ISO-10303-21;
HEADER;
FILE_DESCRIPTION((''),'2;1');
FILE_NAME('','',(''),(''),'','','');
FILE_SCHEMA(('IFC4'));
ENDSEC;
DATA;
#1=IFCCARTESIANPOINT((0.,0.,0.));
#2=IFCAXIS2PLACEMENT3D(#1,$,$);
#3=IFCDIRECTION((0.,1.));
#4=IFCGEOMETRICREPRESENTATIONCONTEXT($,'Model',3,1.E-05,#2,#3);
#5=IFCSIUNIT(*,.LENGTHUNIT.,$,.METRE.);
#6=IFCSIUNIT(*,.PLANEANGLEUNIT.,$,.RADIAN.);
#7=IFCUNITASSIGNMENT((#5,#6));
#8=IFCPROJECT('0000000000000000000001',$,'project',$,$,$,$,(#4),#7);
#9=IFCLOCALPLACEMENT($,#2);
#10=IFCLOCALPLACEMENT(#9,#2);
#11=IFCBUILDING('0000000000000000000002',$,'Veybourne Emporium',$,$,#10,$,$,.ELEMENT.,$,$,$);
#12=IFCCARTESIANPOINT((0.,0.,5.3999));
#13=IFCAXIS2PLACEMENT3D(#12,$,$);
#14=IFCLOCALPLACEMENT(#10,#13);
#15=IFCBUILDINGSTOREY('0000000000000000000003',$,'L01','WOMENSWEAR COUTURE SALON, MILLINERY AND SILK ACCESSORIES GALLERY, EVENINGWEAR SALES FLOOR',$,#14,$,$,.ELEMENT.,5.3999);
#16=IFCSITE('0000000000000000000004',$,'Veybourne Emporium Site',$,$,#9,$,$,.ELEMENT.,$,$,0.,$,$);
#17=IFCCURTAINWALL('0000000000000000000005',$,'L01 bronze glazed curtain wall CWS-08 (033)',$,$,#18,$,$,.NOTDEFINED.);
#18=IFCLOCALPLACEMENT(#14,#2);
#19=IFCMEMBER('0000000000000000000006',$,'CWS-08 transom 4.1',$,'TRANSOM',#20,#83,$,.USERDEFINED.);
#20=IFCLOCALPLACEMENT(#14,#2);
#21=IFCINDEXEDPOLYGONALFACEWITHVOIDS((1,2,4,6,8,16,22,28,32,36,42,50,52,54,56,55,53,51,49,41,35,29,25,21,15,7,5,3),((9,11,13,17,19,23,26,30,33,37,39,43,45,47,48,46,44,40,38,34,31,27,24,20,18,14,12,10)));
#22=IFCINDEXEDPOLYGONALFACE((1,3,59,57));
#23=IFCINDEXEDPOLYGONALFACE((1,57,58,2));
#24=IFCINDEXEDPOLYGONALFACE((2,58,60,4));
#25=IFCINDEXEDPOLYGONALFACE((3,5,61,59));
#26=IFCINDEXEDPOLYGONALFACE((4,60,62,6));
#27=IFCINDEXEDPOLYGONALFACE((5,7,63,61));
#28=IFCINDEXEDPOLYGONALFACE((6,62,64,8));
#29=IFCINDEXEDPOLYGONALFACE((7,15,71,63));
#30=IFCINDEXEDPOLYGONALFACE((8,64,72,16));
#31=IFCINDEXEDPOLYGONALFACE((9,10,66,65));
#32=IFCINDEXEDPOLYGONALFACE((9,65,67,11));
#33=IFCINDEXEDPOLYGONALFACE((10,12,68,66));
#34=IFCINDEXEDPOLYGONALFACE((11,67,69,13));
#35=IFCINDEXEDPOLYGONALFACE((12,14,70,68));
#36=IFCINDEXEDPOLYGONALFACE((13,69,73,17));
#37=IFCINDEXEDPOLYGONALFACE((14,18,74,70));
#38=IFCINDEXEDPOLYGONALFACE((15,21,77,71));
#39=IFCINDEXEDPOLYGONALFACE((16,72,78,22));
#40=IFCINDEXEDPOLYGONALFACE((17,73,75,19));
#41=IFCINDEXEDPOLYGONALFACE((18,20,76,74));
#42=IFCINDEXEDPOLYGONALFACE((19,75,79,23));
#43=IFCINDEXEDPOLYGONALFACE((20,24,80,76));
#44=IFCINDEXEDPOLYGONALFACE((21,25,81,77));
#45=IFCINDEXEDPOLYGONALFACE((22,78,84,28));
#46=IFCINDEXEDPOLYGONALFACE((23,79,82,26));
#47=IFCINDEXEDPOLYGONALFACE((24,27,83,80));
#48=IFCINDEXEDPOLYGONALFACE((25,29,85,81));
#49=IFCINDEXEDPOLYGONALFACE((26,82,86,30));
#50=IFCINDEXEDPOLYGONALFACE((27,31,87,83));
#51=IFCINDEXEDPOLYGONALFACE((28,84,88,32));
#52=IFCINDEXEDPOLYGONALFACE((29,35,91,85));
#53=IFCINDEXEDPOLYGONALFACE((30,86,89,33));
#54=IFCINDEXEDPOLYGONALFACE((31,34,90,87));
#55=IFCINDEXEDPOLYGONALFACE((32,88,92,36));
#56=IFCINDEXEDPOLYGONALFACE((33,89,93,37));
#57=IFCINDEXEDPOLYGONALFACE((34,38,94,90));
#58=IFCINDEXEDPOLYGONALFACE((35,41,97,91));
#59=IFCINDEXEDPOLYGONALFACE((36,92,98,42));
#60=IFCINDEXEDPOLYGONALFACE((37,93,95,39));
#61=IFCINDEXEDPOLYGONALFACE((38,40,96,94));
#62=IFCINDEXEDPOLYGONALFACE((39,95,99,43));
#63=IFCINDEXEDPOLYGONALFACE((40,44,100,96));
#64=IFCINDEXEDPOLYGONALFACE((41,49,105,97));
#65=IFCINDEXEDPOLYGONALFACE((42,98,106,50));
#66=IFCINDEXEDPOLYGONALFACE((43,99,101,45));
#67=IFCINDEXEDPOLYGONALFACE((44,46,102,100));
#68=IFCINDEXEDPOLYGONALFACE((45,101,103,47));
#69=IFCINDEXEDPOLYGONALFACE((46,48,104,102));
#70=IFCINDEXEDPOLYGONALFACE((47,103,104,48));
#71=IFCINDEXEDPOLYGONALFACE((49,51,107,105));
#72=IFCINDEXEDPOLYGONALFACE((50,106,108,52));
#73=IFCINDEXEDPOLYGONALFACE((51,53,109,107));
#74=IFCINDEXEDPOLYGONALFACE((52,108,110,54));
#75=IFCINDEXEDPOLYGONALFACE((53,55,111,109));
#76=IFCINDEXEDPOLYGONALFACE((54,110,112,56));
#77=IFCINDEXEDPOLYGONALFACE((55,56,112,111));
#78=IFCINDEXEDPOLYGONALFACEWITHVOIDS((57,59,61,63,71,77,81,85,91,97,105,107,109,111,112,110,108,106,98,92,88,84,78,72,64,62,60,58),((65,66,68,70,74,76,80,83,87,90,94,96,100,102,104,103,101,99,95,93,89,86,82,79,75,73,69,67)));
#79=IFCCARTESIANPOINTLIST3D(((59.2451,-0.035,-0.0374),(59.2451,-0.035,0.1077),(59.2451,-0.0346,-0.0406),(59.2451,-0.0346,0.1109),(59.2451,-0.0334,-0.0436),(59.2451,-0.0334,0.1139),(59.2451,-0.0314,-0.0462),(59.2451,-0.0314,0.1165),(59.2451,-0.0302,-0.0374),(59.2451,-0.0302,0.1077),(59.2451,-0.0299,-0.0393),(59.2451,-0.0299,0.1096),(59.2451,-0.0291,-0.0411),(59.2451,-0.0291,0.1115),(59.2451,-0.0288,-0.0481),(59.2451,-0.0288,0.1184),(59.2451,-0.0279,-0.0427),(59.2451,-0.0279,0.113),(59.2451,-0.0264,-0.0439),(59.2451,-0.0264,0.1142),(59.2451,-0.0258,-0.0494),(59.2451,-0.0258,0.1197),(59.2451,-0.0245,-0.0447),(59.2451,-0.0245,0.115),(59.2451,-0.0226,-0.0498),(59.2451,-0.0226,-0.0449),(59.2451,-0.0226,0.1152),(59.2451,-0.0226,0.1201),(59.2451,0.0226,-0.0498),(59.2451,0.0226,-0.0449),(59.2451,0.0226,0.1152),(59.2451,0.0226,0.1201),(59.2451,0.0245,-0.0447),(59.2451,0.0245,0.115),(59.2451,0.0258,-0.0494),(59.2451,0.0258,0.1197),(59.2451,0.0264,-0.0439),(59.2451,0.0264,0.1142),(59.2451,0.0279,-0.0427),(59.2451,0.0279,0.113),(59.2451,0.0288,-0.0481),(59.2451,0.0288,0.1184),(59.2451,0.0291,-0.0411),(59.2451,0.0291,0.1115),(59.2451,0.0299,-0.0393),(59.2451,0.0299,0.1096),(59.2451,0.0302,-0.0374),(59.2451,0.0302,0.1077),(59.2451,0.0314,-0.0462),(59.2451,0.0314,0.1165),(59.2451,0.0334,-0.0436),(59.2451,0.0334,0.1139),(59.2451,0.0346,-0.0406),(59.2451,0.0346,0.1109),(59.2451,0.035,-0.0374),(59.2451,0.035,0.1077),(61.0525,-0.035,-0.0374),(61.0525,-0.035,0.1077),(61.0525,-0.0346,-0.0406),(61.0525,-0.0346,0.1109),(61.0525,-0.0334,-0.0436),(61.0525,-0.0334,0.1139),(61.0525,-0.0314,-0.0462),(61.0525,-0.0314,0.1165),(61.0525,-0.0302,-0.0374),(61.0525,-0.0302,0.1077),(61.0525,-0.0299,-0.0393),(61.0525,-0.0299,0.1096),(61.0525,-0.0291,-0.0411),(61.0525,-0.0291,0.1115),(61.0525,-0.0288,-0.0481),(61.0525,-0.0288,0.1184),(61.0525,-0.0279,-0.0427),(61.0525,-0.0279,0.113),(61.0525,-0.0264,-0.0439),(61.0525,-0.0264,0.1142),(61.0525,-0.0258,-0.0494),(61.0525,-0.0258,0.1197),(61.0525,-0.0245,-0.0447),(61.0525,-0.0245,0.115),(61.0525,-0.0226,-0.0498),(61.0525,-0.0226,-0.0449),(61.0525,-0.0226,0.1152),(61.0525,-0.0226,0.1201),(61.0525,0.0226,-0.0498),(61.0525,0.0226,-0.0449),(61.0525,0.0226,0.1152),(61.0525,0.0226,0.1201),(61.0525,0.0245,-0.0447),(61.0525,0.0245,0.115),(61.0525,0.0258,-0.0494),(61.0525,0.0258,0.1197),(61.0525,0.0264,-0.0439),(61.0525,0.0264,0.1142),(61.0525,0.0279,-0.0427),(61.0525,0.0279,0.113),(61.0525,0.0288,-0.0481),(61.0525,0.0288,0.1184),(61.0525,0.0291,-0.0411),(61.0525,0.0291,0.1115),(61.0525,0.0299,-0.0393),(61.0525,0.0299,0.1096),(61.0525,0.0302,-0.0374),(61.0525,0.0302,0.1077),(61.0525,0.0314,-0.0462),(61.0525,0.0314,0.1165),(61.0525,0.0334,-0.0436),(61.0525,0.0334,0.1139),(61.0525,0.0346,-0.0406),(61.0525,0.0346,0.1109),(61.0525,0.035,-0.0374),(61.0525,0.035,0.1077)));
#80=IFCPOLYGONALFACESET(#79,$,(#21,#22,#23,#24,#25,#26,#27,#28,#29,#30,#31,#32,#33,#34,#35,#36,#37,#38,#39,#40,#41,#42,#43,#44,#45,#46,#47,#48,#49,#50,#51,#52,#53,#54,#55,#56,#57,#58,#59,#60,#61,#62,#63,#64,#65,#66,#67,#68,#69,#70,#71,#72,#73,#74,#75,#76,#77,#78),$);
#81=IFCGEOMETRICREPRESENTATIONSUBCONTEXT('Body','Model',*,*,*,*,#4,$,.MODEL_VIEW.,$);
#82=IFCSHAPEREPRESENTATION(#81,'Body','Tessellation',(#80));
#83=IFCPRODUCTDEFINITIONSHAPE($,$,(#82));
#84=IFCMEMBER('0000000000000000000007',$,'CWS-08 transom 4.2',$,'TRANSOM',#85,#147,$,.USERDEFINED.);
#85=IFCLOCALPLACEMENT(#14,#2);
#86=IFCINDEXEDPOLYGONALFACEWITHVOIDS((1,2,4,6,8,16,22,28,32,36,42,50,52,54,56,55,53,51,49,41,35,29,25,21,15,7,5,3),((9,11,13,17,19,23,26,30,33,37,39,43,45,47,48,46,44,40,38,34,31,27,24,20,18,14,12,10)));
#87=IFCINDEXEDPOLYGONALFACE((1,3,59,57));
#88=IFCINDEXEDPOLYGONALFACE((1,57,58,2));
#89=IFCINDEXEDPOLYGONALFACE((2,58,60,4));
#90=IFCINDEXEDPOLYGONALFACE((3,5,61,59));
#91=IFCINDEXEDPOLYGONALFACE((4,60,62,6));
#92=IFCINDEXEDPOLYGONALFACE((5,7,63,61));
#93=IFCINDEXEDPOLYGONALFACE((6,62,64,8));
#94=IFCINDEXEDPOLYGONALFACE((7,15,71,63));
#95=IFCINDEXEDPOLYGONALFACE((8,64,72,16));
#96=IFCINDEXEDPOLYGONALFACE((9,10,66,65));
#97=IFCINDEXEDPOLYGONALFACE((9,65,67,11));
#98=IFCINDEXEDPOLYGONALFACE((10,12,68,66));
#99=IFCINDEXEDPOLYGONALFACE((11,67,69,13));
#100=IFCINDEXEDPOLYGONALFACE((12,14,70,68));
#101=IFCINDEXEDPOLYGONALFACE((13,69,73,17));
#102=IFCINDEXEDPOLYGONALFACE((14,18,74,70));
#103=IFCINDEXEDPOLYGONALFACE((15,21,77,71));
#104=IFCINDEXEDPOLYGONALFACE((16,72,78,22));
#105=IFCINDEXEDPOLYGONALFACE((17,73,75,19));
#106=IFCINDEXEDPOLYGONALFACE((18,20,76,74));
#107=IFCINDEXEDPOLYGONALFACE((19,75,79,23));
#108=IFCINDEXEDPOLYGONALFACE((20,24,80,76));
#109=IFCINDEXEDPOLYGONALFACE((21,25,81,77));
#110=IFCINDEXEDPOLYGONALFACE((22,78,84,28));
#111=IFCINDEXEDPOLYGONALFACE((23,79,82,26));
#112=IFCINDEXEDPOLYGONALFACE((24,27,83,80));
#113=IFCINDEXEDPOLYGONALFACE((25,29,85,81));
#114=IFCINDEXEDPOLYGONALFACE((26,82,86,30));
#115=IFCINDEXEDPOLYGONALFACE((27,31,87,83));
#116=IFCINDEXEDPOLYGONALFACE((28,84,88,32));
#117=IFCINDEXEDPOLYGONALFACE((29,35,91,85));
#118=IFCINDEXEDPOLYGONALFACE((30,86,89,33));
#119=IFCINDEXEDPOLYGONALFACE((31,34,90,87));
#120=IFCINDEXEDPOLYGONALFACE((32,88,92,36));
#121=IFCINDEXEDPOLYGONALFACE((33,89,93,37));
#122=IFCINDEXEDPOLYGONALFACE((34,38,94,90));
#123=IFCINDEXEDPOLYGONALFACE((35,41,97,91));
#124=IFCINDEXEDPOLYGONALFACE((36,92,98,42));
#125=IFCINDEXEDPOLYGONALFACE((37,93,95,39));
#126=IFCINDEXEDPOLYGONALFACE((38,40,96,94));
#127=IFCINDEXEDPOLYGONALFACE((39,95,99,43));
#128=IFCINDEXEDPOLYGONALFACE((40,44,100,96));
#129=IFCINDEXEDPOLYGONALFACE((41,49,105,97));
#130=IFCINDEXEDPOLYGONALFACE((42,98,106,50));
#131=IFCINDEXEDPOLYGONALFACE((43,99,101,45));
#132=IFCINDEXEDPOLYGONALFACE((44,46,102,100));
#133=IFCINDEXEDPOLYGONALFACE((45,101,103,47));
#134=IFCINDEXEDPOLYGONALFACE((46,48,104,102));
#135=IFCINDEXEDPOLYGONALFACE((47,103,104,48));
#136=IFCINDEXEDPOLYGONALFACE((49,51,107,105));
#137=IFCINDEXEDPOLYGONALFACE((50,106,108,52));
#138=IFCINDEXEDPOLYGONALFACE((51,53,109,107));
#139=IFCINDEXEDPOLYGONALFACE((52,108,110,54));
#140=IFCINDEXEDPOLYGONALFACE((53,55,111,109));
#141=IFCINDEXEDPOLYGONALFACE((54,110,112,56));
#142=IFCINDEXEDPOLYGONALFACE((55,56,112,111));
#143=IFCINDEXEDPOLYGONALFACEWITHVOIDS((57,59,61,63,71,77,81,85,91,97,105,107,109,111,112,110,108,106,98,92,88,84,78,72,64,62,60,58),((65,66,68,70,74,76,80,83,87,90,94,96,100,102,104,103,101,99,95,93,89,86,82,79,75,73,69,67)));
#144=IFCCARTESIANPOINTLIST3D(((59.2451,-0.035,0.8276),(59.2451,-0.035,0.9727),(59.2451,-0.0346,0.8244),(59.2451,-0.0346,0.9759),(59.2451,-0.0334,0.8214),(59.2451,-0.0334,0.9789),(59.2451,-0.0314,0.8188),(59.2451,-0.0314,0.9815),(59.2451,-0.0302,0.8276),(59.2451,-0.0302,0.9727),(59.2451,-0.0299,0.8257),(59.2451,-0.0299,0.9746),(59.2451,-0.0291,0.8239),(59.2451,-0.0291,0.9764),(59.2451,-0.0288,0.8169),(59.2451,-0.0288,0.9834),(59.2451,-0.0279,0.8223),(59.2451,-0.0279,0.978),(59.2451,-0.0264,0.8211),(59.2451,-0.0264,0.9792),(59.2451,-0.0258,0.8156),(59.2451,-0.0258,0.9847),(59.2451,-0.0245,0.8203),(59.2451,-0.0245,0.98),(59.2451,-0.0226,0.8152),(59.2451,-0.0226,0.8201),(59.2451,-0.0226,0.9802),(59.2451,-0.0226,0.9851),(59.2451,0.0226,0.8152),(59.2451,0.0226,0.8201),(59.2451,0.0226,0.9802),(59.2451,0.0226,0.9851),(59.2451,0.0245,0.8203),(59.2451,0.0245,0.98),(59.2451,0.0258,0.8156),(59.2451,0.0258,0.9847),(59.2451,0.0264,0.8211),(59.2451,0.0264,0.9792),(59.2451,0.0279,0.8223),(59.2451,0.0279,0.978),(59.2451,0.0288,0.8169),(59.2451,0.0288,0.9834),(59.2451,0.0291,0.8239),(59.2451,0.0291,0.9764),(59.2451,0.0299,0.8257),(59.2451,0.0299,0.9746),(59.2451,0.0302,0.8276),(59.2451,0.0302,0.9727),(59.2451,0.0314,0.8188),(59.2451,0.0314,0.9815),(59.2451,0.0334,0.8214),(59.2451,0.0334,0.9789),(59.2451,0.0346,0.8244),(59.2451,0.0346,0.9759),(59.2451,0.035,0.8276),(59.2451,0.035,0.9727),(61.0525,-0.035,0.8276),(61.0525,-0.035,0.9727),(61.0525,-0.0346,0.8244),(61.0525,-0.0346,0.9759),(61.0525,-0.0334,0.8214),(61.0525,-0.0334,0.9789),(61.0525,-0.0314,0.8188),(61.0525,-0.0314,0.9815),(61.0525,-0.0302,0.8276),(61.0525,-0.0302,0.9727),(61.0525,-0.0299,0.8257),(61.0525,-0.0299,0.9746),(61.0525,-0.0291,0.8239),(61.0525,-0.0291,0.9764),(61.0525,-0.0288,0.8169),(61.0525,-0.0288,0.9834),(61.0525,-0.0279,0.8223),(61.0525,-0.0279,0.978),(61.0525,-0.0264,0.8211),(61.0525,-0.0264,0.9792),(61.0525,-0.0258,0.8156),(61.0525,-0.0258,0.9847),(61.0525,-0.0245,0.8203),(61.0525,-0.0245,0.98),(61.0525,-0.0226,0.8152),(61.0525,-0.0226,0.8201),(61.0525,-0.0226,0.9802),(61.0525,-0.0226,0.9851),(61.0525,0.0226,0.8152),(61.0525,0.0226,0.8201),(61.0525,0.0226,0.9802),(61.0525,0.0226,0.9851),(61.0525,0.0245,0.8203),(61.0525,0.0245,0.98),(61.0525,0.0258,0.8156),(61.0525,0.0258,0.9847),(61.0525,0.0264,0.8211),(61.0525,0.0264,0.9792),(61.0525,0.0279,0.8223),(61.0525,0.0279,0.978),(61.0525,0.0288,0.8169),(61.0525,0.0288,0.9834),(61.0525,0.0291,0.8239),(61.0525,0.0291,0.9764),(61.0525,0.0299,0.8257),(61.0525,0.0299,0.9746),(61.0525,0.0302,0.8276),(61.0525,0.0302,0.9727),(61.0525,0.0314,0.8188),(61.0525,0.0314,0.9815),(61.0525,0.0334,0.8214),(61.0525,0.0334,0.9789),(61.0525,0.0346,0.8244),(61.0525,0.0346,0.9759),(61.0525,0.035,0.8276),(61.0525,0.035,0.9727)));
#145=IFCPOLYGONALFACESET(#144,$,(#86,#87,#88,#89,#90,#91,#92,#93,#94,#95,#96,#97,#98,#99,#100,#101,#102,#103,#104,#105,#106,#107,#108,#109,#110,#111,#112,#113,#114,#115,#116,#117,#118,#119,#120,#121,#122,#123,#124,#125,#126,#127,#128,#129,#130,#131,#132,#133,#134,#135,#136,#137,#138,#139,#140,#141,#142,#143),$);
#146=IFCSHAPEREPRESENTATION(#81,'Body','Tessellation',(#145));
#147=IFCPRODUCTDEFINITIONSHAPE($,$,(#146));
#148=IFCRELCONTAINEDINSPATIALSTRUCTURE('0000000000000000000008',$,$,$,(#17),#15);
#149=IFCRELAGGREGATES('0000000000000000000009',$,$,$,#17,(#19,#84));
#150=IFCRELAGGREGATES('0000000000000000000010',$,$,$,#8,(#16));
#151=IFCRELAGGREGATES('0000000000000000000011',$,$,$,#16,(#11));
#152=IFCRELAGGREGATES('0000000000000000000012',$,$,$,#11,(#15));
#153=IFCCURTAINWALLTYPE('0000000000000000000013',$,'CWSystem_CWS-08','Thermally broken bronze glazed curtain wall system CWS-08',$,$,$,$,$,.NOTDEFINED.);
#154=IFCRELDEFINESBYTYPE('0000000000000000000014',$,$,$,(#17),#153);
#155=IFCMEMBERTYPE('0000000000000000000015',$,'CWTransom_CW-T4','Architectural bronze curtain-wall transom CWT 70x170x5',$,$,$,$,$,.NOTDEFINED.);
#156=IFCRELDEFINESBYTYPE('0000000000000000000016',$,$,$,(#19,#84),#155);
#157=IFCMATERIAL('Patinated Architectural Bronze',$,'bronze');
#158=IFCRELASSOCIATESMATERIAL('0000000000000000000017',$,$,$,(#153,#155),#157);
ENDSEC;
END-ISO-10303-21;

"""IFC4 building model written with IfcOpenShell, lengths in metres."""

from ifc_helpers import new_model, si_unit, direction, frame, origin, origin_2d, place, context, subcontext, project, spatial, hollow_rectangle, extrude, material, material_profile, profile_set, type_object, element, aggregate, save


model = new_model("IFC4")

# Units and contexts
model_context = context("Model", 3, precision=1e-05, world=origin(), true_north=direction((0.0, 1.0)))
body_context = subcontext(model_context, "Body", "Model", "MODEL_VIEW")
ifc_project = project(units=[si_unit("LENGTHUNIT", "METRE"), si_unit("PLANEANGLEUNIT", "RADIAN")], contexts=[model_context])

# Site, building, storey
site_placement = place(None, origin())
site = spatial("IfcSite", under=ifc_project, at=site_placement, Name="Veybourne Emporium Site", CompositionType="ELEMENT", RefElevation=0.0)
building_placement = place(site_placement, origin())
building = spatial("IfcBuilding", under=site, at=building_placement, Name="Veybourne Emporium", CompositionType="ELEMENT")
storey_placement = place(building_placement, frame((0.0, 0.0, 5.3999)))
storey = spatial("IfcBuildingStorey", under=building, at=storey_placement, Name="L01", Description="WOMENSWEAR COUTURE SALON, MILLINERY AND SILK ACCESSORIES GALLERY, EVENINGWEAR SALES FLOOR", CompositionType="ELEMENT", Elevation=5.3999)

# Shared definitions
ifc_material_1 = material(Name="Patinated Architectural Bronze", Category="bronze")

# Curtain wall
curtain_wall_type_1 = type_object("IfcCurtainWallType", Name="CWSystem_CWS-08", Description="Thermally broken bronze glazed curtain wall system CWS-08", PredefinedType="NOTDEFINED", material=ifc_material_1)
curtain_wall_1_placement = place(storey_placement, origin())
curtain_wall_1 = element("IfcCurtainWall", 1, at=curtain_wall_1_placement, inside=storey, type_object=curtain_wall_type_1, Name="L01 bronze glazed curtain wall CWS-08 (033)", PredefinedType="NOTDEFINED")

# Members
ifc_material_profile_1 = material_profile(ifc_material_1, hollow_rectangle(XDim=0.0701, YDim=0.1699, WallThickness=0.0049, InnerFilletRadius=0.0076, OuterFilletRadius=0.0125, at=origin_2d()), Name="CWT 70x170x5")
ifc_profile_set_1 = profile_set([ifc_material_profile_1], Name="Patinated Architectural Bronze")
member_type_1 = type_object("IfcMemberType", Name="CWTransom_CW-T4", Description="Architectural bronze curtain-wall transom CWT 70x170x5", PredefinedType="NOTDEFINED", material=ifc_profile_set_1)
member_1_placement = place(storey_placement, frame((61.0525, 0.0, 0.0352), z_axis=(-1.0, 0.0, 0.0), x_axis=(0.0, -1.0, 0.0)))
member_1 = element("IfcMember", 2, at=member_1_placement, type_object=member_type_1, Name="CWS-08 transom 4.1", ObjectType="TRANSOM", PredefinedType="USERDEFINED", context=body_context, shape_type="SweptSolid", body=[
    extrude(hollow_rectangle(XDim=0.0701, YDim=0.1699, WallThickness=0.0049, InnerFilletRadius=0.0076, OuterFilletRadius=0.0125, at=origin_2d()), origin(), (0.0, 0.0, 1.0), 1.8074),
])
member_2_placement = place(storey_placement, frame((61.0525, 0.0, 0.9001), z_axis=(-1.0, 0.0, 0.0), x_axis=(0.0, -1.0, 0.0)))
member_2 = element("IfcMember", 3, at=member_2_placement, type_object=member_type_1, Name="CWS-08 transom 4.2", ObjectType="TRANSOM", PredefinedType="USERDEFINED", context=body_context, shape_type="SweptSolid", body=[
    extrude(hollow_rectangle(XDim=0.0701, YDim=0.1699, WallThickness=0.0049, InnerFilletRadius=0.0076, OuterFilletRadius=0.0125, at=origin_2d()), origin(), (0.0, 0.0, 1.0), 1.8074),
])

aggregate(curtain_wall_1, [member_1, member_2])

save(model, "model.ifc")
